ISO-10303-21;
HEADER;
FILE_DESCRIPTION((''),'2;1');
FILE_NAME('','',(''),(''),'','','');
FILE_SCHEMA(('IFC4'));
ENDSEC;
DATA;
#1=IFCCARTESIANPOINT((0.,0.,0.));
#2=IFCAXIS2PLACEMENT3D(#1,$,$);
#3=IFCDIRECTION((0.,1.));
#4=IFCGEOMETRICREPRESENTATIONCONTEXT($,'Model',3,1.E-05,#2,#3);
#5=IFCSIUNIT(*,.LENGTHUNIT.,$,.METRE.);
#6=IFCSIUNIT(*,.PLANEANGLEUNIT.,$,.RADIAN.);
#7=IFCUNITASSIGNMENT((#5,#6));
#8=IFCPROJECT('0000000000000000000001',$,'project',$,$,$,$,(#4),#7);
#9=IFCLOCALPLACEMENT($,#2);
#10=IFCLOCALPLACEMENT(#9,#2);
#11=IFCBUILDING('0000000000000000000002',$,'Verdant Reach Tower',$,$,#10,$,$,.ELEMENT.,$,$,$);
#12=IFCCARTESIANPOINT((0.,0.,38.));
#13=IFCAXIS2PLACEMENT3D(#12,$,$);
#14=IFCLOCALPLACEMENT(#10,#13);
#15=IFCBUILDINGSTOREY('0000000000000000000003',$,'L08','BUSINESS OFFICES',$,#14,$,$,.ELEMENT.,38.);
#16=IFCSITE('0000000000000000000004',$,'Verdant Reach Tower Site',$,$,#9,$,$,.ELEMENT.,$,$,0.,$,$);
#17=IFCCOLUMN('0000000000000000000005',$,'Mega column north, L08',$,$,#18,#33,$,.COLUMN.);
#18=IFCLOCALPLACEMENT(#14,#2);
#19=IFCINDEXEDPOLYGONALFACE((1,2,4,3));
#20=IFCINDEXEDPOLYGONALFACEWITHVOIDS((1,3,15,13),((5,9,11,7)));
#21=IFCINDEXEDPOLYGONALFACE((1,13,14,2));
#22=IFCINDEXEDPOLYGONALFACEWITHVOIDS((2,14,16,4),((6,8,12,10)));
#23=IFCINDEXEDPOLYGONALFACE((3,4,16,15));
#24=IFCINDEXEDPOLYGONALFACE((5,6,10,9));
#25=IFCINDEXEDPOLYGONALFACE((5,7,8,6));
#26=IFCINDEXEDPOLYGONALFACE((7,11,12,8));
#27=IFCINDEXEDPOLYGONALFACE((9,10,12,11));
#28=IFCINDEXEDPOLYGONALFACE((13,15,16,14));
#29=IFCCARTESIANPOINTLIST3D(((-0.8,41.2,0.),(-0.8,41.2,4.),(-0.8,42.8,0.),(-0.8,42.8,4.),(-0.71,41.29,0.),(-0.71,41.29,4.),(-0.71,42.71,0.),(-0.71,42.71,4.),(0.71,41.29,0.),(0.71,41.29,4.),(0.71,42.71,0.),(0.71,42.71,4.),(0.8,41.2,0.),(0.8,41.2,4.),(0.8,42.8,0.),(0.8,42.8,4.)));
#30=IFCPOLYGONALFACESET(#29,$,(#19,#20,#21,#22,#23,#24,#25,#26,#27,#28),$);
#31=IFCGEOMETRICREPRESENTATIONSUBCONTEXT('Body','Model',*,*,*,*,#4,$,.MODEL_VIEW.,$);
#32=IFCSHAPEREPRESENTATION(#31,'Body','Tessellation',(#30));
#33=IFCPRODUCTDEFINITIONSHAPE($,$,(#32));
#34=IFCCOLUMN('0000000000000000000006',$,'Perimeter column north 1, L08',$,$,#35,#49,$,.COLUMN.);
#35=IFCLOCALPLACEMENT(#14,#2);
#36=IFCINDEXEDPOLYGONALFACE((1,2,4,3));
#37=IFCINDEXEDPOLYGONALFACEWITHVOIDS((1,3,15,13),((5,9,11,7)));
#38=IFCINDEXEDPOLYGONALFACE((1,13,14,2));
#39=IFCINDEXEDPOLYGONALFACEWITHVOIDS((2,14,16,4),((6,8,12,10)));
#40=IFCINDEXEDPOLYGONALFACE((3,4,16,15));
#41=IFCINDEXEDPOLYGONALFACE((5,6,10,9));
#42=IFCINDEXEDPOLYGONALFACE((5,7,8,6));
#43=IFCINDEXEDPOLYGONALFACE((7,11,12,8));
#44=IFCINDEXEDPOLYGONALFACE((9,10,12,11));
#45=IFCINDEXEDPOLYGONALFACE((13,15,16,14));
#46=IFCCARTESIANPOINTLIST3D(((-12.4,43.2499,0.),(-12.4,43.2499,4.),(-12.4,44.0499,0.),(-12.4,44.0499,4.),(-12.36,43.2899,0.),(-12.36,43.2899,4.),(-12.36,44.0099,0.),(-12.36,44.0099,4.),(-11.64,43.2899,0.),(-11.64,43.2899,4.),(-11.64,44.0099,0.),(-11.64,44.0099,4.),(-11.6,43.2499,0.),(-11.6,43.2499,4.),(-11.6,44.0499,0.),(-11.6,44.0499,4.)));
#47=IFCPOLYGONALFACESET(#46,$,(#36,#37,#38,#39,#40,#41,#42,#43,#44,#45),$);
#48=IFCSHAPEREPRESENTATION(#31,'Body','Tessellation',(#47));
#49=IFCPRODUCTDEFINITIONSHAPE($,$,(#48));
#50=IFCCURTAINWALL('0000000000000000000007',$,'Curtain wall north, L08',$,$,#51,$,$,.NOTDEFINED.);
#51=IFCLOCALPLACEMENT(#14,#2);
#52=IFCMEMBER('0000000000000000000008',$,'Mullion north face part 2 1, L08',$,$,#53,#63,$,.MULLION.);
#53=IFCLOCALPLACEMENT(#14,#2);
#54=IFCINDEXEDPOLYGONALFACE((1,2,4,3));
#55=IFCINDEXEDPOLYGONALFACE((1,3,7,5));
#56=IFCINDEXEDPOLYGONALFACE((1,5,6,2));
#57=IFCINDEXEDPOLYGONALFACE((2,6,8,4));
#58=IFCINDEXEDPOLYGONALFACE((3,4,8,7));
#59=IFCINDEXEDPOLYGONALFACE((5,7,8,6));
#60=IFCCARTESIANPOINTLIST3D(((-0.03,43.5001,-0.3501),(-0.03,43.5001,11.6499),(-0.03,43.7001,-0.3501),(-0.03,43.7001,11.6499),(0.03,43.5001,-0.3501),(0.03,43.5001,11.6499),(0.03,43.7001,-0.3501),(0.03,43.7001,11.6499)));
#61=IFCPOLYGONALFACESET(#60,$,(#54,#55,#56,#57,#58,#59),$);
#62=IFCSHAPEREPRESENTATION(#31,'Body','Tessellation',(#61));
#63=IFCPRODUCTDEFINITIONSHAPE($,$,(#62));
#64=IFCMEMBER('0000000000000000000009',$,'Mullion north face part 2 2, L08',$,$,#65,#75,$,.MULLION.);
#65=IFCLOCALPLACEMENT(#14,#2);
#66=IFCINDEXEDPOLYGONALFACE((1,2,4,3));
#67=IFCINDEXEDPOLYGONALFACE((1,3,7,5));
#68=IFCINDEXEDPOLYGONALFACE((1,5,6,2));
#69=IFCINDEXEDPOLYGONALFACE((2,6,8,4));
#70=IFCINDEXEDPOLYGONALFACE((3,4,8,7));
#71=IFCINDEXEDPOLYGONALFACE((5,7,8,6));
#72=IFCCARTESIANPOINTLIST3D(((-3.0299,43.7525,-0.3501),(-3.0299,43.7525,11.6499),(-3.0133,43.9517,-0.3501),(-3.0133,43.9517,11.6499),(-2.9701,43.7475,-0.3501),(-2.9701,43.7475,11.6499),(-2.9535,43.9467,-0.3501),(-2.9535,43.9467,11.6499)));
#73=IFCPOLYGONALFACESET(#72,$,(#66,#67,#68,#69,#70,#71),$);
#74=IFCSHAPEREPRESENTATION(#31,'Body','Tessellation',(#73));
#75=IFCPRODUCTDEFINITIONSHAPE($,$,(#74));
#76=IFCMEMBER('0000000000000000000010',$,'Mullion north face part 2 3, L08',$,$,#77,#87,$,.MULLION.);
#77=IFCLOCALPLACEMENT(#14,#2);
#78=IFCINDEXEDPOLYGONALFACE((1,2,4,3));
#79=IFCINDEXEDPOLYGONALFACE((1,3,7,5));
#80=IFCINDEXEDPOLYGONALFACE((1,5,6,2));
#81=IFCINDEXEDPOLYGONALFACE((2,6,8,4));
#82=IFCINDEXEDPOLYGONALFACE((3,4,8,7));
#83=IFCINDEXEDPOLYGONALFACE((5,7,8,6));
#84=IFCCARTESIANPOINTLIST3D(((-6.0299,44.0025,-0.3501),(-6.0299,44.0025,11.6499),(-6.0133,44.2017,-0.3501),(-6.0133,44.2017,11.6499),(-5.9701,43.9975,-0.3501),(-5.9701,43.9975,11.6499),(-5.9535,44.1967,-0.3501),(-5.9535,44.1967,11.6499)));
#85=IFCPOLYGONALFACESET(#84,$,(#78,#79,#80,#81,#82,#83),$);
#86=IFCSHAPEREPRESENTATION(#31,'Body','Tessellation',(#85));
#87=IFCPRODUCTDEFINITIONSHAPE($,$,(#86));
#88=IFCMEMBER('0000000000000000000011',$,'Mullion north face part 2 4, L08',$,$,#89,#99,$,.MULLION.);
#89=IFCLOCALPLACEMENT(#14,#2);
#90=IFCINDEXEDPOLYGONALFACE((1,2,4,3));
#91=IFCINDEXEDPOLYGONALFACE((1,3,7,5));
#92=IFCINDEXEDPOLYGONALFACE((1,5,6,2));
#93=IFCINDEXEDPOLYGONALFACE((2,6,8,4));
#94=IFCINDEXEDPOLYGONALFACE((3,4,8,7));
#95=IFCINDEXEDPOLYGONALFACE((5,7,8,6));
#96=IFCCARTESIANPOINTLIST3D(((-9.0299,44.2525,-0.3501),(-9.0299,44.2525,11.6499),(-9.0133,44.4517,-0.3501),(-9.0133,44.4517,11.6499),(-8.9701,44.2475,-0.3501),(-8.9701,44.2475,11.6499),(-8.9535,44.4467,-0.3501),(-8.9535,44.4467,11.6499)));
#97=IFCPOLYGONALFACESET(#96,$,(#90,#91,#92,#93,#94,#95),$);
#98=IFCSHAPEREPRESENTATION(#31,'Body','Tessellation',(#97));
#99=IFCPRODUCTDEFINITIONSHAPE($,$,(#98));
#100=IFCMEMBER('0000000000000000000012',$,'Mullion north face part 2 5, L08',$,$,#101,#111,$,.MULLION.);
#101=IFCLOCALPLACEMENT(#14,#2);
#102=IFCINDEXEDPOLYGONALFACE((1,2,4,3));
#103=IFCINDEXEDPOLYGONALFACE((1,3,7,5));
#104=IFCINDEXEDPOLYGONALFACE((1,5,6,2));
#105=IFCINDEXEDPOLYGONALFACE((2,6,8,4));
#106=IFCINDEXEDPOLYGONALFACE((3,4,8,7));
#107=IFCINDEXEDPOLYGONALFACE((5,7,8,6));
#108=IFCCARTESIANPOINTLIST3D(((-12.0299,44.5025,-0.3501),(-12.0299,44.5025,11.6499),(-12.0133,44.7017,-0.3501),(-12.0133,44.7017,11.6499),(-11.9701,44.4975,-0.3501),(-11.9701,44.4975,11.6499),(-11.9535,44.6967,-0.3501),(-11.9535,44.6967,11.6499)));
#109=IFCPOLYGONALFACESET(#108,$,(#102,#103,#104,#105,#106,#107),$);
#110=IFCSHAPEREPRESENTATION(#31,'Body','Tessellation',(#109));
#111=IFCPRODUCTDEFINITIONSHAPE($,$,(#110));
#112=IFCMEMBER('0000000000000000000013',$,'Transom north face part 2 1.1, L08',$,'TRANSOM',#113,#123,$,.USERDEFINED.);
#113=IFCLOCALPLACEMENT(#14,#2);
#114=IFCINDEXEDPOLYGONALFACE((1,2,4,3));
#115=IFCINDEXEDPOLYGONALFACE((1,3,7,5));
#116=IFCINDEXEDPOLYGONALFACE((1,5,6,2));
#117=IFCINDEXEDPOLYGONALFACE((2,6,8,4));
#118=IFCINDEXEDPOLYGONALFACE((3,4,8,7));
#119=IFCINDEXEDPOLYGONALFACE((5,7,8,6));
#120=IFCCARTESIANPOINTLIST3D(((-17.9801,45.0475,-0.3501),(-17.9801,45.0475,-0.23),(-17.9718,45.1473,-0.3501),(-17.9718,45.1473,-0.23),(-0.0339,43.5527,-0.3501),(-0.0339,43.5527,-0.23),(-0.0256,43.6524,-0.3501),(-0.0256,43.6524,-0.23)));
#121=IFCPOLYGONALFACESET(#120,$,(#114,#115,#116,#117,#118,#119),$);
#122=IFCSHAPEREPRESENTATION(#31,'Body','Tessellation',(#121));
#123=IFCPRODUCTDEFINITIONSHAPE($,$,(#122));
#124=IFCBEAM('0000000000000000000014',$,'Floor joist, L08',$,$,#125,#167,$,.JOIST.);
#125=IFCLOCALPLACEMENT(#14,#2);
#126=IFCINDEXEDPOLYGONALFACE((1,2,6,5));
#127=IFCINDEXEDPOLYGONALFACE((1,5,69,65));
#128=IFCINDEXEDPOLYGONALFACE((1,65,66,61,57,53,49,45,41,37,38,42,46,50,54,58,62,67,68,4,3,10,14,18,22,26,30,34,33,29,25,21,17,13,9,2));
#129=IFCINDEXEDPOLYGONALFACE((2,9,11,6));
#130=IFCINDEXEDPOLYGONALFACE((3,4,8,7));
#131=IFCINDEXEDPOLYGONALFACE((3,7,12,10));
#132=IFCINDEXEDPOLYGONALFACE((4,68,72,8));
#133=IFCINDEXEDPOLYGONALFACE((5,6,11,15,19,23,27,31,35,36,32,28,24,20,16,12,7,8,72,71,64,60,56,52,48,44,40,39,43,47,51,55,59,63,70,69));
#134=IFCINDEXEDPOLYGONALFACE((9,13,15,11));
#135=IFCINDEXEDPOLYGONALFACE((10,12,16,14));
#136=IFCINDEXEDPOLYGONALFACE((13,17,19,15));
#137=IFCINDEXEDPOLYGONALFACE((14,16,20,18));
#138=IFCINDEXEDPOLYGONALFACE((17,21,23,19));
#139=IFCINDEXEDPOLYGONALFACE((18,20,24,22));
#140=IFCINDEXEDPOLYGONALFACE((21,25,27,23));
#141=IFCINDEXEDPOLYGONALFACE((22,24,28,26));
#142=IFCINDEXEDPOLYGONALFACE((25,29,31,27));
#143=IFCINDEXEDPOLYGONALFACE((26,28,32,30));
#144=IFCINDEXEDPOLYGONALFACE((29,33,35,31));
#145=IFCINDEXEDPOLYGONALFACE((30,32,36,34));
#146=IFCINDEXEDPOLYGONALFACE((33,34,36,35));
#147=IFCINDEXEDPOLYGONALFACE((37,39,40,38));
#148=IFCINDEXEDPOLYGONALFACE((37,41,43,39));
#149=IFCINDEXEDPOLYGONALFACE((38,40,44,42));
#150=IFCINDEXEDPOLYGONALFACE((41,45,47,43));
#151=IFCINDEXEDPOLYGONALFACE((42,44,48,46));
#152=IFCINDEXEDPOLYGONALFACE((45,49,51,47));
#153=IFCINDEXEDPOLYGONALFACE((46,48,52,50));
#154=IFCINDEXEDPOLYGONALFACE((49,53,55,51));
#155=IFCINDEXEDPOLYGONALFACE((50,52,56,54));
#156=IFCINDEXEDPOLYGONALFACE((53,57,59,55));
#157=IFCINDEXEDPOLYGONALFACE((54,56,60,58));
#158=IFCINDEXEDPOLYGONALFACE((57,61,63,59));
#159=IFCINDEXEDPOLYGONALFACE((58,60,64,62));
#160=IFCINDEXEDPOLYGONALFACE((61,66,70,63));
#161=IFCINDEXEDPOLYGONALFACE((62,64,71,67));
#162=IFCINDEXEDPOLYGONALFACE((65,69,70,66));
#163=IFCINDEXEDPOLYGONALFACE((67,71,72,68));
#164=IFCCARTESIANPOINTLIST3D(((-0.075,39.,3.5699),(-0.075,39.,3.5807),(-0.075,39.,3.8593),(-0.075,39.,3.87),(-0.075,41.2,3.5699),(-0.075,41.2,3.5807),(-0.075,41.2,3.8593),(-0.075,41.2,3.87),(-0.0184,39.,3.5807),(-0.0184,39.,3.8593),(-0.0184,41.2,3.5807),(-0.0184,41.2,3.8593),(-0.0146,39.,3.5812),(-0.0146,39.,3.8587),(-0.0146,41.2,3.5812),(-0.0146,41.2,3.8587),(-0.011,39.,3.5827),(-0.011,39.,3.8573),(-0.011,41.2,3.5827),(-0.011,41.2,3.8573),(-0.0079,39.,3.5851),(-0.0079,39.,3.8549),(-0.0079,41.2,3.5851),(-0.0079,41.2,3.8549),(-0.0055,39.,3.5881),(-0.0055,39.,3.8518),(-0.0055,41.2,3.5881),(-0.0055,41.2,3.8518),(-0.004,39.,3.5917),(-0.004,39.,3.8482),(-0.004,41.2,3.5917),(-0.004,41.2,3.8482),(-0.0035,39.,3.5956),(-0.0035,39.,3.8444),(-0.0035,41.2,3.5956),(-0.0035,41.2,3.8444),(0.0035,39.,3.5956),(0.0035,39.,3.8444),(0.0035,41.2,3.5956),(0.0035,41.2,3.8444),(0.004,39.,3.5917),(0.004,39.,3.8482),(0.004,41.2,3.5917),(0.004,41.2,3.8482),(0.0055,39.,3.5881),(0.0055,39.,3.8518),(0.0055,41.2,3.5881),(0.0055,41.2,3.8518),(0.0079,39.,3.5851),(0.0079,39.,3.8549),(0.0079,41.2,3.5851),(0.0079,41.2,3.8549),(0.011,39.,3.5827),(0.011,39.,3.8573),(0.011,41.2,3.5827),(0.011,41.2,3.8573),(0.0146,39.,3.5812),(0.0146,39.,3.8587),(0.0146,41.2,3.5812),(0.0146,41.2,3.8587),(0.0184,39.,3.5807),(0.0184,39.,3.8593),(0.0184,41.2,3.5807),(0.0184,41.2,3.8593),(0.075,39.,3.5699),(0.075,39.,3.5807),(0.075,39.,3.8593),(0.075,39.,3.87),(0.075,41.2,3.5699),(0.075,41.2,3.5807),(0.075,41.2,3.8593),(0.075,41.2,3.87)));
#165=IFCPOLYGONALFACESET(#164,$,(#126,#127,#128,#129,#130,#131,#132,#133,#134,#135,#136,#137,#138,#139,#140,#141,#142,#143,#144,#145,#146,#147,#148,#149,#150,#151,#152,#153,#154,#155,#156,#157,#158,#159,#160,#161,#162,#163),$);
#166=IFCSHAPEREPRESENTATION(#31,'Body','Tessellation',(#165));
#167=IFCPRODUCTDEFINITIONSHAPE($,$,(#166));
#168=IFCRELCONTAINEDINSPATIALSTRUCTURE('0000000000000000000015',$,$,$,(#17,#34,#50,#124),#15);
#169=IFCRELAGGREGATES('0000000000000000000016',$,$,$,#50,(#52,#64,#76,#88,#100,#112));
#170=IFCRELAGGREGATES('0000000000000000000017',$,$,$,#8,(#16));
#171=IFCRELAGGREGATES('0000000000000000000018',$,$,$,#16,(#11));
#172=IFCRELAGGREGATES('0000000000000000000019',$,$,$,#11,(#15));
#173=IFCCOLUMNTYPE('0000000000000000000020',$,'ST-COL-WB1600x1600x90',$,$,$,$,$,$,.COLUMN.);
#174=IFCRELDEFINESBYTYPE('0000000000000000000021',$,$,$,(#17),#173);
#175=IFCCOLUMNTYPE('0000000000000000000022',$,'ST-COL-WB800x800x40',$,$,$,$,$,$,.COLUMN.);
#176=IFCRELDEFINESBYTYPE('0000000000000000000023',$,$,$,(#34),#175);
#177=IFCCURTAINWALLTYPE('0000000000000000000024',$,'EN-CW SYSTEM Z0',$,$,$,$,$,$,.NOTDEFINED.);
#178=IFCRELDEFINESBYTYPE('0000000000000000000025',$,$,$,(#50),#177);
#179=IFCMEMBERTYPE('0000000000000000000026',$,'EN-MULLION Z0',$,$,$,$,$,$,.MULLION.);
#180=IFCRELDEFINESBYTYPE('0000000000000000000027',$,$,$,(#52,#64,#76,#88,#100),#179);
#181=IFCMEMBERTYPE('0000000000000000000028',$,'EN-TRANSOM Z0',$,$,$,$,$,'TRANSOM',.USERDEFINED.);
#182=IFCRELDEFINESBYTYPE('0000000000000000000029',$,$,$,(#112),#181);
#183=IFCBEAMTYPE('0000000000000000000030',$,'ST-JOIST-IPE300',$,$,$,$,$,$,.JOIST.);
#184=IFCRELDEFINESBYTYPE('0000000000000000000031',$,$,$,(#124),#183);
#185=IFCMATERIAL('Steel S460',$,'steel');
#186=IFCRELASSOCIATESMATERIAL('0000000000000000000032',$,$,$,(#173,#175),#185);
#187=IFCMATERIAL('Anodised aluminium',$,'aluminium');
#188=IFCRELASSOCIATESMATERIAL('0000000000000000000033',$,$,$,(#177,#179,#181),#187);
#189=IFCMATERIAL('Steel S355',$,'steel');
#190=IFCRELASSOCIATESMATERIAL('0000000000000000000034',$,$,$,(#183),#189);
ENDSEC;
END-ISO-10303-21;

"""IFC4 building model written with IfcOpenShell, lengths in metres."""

from ifc_helpers import new_model, si_unit, direction, frame, origin, origin_2d, place, context, subcontext, project, spatial, rectangle, hollow_rectangle, i_section, extrude, material, material_profile, profile_set, type_object, element, aggregate, save


model = new_model("IFC4")

# Units and contexts
model_context = context("Model", 3, precision=1e-05, world=origin(), true_north=direction((0.0, 1.0)))
body_context = subcontext(model_context, "Body", "Model", "MODEL_VIEW")
ifc_project = project(units=[si_unit("LENGTHUNIT", "METRE"), si_unit("PLANEANGLEUNIT", "RADIAN")], contexts=[model_context])

# Site, building, storey
site_placement = place(None, origin())
site = spatial("IfcSite", under=ifc_project, at=site_placement, Name="Verdant Reach Tower Site", CompositionType="ELEMENT", RefElevation=0.0)
building_placement = place(site_placement, origin())
building = spatial("IfcBuilding", under=site, at=building_placement, Name="Verdant Reach Tower", CompositionType="ELEMENT")
storey_placement = place(building_placement, frame((0.0, 0.0, 38.0)))
storey = spatial("IfcBuildingStorey", under=building, at=storey_placement, Name="L08", Description="BUSINESS OFFICES", CompositionType="ELEMENT", Elevation=38.0)

# Columns
ifc_material_1 = material(Name="Steel S460", Category="steel")
ifc_material_profile_1 = material_profile(ifc_material_1, hollow_rectangle(XDim=1.6001, YDim=1.6001, WallThickness=0.0901, at=origin_2d()), Name="WB 1600x1600x90")
ifc_profile_set_1 = profile_set([ifc_material_profile_1], Name="Steel S460")
column_type_1 = type_object("IfcColumnType", Name="ST-COL-WB1600x1600x90", PredefinedType="COLUMN", material=ifc_profile_set_1)
column_1_placement = place(storey_placement, frame((0.0, 42.0, 0.0), z_axis=(0.0, 0.0, 1.0), x_axis=(1.0, 0.0, 0.0)))
element("IfcColumn", 1, at=column_1_placement, inside=storey, type_object=column_type_1, Name="Mega column north, L08", PredefinedType="COLUMN", context=body_context, shape_type="SweptSolid", body=[
    extrude(hollow_rectangle(XDim=1.6001, YDim=1.6001, WallThickness=0.0901, at=origin_2d()), origin(), (0.0, 0.0, 1.0), 4.0),
])
ifc_material_profile_2 = material_profile(ifc_material_1, hollow_rectangle(XDim=0.8, YDim=0.8, WallThickness=0.04, at=origin_2d()), Name="WB 800x800x40")
ifc_profile_set_2 = profile_set([ifc_material_profile_2], Name="Steel S460")
column_type_2 = type_object("IfcColumnType", Name="ST-COL-WB800x800x40", PredefinedType="COLUMN", material=ifc_profile_set_2)
column_2_placement = place(storey_placement, frame((-12.0, 43.6499, 0.0), z_axis=(0.0, 0.0, 1.0), x_axis=(1.0, 0.0, 0.0)))
element("IfcColumn", 2, at=column_2_placement, inside=storey, type_object=column_type_2, Name="Perimeter column north 1, L08", PredefinedType="COLUMN", context=body_context, shape_type="SweptSolid", body=[
    extrude(hollow_rectangle(XDim=0.8, YDim=0.8, WallThickness=0.04, at=origin_2d()), origin(), (0.0, 0.0, 1.0), 4.0),
])

# Curtain wall, members
ifc_material_2 = material(Name="Anodised aluminium", Category="aluminium")
curtain_wall_type = type_object("IfcCurtainWallType", Name="EN-CW SYSTEM Z0", PredefinedType="NOTDEFINED", material=ifc_material_2)
curtain_wall_placement = place(storey_placement, origin())
curtain_wall = element("IfcCurtainWall", 3, at=curtain_wall_placement, inside=storey, type_object=curtain_wall_type, Name="Curtain wall north, L08", PredefinedType="NOTDEFINED")
ifc_material_profile_3 = material_profile(ifc_material_2, rectangle(XDim=0.2, YDim=0.0601, at=origin_2d()), Name="Mullion 60x200")
ifc_profile_set_3 = profile_set([ifc_material_profile_3], Name="Anodised aluminium")
member_type_1 = type_object("IfcMemberType", Name="EN-MULLION Z0", PredefinedType="MULLION", material=ifc_profile_set_3)
member_1_placement = place(storey_placement, frame((0.0, 43.6001, -0.3501), z_axis=(0.0, 0.0, 1.0), x_axis=(0.0, 1.0, 0.0)))
member_1 = element("IfcMember", 4, at=member_1_placement, type_object=member_type_1, Name="Mullion north face part 2 1, L08", PredefinedType="MULLION", context=body_context, shape_type="SweptSolid", body=[
    extrude(rectangle(XDim=0.2, YDim=0.0601, at=origin_2d()), origin(), (0.0, 0.0, 1.0), 12.0),
])
member_2_placement = place(storey_placement, frame((-2.9917, 43.8496, -0.3501), z_axis=(0.0, 0.0, 1.0), x_axis=(0.083045, 0.996546, 0.0)))
member_2 = element("IfcMember", 5, at=member_2_placement, type_object=member_type_1, Name="Mullion north face part 2 2, L08", PredefinedType="MULLION", context=body_context, shape_type="SweptSolid", body=[
    extrude(rectangle(XDim=0.2, YDim=0.0601, at=origin_2d()), origin(), (0.0, 0.0, 1.0), 12.0),
])
member_3_placement = place(storey_placement, frame((-5.9917, 44.0996, -0.3501), z_axis=(0.0, 0.0, 1.0), x_axis=(0.083045, 0.996546, 0.0)))
member_3 = element("IfcMember", 6, at=member_3_placement, type_object=member_type_1, Name="Mullion north face part 2 3, L08", PredefinedType="MULLION", context=body_context, shape_type="SweptSolid", body=[
    extrude(rectangle(XDim=0.2, YDim=0.0601, at=origin_2d()), origin(), (0.0, 0.0, 1.0), 12.0),
])
member_4_placement = place(storey_placement, frame((-8.9917, 44.3496, -0.3501), z_axis=(0.0, 0.0, 1.0), x_axis=(0.083045, 0.996546, 0.0)))
member_4 = element("IfcMember", 7, at=member_4_placement, type_object=member_type_1, Name="Mullion north face part 2 4, L08", PredefinedType="MULLION", context=body_context, shape_type="SweptSolid", body=[
    extrude(rectangle(XDim=0.2, YDim=0.0601, at=origin_2d()), origin(), (0.0, 0.0, 1.0), 12.0),
])
member_5_placement = place(storey_placement, frame((-11.9917, 44.5996, -0.3501), z_axis=(0.0, 0.0, 1.0), x_axis=(0.083045, 0.996546, 0.0)))
member_5 = element("IfcMember", 8, at=member_5_placement, type_object=member_type_1, Name="Mullion north face part 2 5, L08", PredefinedType="MULLION", context=body_context, shape_type="SweptSolid", body=[
    extrude(rectangle(XDim=0.2, YDim=0.0601, at=origin_2d()), origin(), (0.0, 0.0, 1.0), 12.0),
])
ifc_material_profile_4 = material_profile(ifc_material_2, rectangle(XDim=0.1001, YDim=0.1201, at=origin_2d()), Name="Transom 120x100")
ifc_profile_set_4 = profile_set([ifc_material_profile_4], Name="Anodised aluminium")
member_type_2 = type_object("IfcMemberType", Name="EN-TRANSOM Z0", ElementType="TRANSOM", PredefinedType="USERDEFINED", material=ifc_profile_set_4)
member_6_placement = place(storey_placement, frame((-0.0298, 43.6025, -0.29), z_axis=(-0.996549, 0.083011, 0.0), x_axis=(-0.083011, -0.996549, 0.0)))
member_6 = element("IfcMember", 9, at=member_6_placement, type_object=member_type_2, Name="Transom north face part 2 1.1, L08", ObjectType="TRANSOM", PredefinedType="USERDEFINED", context=body_context, shape_type="SweptSolid", body=[
    extrude(rectangle(XDim=0.1001, YDim=0.1201, at=origin_2d()), origin(), (0.0, 0.0, 1.0), 18.0083),
])

# Beam
ifc_material_3 = material(Name="Steel S355", Category="steel")
ifc_material_profile_5 = material_profile(ifc_material_3, i_section(OverallWidth=0.1499, OverallDepth=0.3, WebThickness=0.0071, FlangeThickness=0.0107, FilletRadius=0.0149, at=origin_2d()), Name="IPE 300")
ifc_profile_set_5 = profile_set([ifc_material_profile_5], Name="Steel S355")
beam_type_1 = type_object("IfcBeamType", Name="ST-JOIST-IPE300", PredefinedType="JOIST", material=ifc_profile_set_5)
beam_1_placement = place(storey_placement, frame((0.0, 39.0, 3.72), z_axis=(0.0, 1.0, 0.0), x_axis=(-1.0, 0.0, 0.0)))
element("IfcBeam", 10, at=beam_1_placement, inside=storey, type_object=beam_type_1, Name="Floor joist, L08", PredefinedType="JOIST", context=body_context, shape_type="SweptSolid", body=[
    extrude(i_section(OverallWidth=0.1499, OverallDepth=0.3, WebThickness=0.0071, FlangeThickness=0.0107, FilletRadius=0.0149, at=origin_2d()), origin(), (0.0, 0.0, 1.0), 2.2),
])

aggregate(curtain_wall, [member_1, member_2, member_3, member_4, member_5, member_6])

save(model, "model.ifc")
